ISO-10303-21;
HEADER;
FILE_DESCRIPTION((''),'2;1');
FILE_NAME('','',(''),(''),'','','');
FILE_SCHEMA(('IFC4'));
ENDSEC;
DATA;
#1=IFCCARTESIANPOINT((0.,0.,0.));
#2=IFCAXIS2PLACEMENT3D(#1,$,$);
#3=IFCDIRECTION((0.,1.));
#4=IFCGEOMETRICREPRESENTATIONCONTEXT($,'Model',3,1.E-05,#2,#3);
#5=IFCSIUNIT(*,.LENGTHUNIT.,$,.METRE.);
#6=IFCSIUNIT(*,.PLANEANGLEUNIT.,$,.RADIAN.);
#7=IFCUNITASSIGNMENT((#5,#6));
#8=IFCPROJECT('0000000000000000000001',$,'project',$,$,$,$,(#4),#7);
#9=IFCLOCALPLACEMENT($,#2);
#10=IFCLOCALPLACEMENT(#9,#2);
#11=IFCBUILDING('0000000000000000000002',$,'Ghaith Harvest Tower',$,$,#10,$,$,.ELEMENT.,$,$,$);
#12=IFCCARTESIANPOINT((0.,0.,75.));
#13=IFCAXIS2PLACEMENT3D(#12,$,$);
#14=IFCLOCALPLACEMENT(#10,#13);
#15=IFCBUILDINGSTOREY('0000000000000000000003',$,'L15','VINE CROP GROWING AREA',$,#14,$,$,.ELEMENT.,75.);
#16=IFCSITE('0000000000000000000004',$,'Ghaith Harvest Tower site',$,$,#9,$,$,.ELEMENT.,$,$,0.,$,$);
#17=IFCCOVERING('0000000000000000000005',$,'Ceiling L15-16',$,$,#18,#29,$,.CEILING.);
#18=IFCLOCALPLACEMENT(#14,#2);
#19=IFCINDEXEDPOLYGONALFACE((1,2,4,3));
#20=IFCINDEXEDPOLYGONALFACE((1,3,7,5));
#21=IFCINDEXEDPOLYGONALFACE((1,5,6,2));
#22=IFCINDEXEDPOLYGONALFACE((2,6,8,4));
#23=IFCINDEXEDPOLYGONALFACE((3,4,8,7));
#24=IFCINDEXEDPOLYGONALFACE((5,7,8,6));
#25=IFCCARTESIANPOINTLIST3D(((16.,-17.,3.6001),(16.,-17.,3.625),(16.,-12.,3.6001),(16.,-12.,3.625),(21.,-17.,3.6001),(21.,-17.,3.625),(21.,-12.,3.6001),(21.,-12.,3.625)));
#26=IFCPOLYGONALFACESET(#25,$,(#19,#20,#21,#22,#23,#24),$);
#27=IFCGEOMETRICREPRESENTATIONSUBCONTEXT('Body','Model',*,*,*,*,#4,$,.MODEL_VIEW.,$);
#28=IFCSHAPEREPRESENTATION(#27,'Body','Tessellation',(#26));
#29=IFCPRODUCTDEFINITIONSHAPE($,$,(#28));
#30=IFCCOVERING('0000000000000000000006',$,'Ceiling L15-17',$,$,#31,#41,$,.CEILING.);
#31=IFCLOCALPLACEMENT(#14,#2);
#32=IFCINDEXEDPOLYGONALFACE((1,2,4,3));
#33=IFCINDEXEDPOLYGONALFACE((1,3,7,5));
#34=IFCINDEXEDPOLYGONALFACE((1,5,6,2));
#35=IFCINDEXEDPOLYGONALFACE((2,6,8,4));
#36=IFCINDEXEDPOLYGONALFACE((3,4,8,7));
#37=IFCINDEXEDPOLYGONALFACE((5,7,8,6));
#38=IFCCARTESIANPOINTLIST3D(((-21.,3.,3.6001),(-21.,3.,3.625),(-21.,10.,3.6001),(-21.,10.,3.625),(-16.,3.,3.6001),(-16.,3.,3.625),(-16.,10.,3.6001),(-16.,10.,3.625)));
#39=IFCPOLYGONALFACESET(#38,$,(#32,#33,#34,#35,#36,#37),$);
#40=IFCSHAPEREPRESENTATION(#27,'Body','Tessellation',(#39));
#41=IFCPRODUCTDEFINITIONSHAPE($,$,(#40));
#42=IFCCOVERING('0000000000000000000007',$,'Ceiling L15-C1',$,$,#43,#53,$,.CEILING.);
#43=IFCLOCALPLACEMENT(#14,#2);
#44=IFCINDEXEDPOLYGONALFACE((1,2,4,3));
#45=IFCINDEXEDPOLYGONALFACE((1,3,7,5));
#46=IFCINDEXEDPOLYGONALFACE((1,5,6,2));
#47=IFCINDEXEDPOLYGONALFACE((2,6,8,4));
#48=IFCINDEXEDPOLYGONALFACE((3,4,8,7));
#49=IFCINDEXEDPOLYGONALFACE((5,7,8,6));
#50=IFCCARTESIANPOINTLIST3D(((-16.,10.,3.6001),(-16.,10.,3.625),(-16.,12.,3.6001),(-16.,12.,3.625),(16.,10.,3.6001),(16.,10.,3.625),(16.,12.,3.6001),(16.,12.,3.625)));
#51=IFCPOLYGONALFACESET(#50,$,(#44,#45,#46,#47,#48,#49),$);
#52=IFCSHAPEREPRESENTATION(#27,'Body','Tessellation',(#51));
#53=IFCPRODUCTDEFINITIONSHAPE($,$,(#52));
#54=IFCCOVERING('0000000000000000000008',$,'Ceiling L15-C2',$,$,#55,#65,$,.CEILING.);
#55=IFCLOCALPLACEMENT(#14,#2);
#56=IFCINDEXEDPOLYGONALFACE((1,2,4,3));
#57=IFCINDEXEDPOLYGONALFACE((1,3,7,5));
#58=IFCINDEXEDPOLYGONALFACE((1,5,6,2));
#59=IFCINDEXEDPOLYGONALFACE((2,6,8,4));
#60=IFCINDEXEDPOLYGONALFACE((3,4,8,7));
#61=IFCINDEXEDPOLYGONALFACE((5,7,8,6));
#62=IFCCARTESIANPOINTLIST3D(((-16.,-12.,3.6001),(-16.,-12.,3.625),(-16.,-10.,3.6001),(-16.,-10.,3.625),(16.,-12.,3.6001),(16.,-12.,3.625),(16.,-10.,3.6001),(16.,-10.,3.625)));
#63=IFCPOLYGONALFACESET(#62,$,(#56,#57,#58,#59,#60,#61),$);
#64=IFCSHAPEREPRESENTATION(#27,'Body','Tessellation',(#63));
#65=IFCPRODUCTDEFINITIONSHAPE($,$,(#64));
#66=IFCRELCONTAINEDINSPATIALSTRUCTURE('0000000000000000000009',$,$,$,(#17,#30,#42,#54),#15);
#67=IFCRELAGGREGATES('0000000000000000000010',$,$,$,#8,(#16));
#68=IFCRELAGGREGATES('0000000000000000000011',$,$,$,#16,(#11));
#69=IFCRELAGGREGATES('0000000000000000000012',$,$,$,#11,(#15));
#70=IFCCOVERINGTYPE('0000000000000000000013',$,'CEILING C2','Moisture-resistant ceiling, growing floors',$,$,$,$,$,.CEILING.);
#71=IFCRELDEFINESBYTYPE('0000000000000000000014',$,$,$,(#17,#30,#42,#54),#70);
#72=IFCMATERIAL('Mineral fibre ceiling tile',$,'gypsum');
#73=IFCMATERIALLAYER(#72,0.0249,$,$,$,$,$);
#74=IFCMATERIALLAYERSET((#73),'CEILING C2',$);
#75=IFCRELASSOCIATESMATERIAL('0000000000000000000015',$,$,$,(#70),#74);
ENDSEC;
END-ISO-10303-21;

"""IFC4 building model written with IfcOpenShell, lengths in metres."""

from ifc_helpers import new_model, si_unit, direction, frame, origin, place, context, subcontext, project, spatial, polyline, outline, extrude, material, layer, layer_set, type_object, element, save


model = new_model("IFC4")

# Units and contexts
model_context = context("Model", 3, precision=1e-05, world=origin(), true_north=direction((0.0, 1.0)))
body_context = subcontext(model_context, "Body", "Model", "MODEL_VIEW")
ifc_project = project(units=[si_unit("LENGTHUNIT", "METRE"), si_unit("PLANEANGLEUNIT", "RADIAN")], contexts=[model_context])

# Site, building, storey
site_placement = place(None, origin())
site = spatial("IfcSite", under=ifc_project, at=site_placement, Name="Ghaith Harvest Tower site", CompositionType="ELEMENT", RefElevation=0.0)
building_placement = place(site_placement, origin())
building = spatial("IfcBuilding", under=site, at=building_placement, Name="Ghaith Harvest Tower", CompositionType="ELEMENT")
storey_placement = place(building_placement, frame((0.0, 0.0, 75.0)))
storey = spatial("IfcBuildingStorey", under=building, at=storey_placement, Name="L15", Description="VINE CROP GROWING AREA", CompositionType="ELEMENT", Elevation=75.0)

# Coverings
ifc_material_1 = material(Name="Mineral fibre ceiling tile", Category="gypsum")
ifc_layer_1 = layer(ifc_material_1, 0.0249)
ifc_layer_set_1 = layer_set([ifc_layer_1], Name="CEILING C2")
covering_type = type_object("IfcCoveringType", Name="CEILING C2", Description="Moisture-resistant ceiling, growing floors", PredefinedType="CEILING", material=ifc_layer_set_1)
covering_1_placement = place(storey_placement, frame((0.0, 0.0, 3.6001)))
element("IfcCovering", 1, at=covering_1_placement, inside=storey, type_object=covering_type, Name="Ceiling L15-16", PredefinedType="CEILING", context=body_context, shape_type="SweptSolid", body=[
    extrude(outline(polyline([(16.0, -17.0), (21.0, -17.0), (21.0, -12.0), (16.0, -12.0), (16.0, -17.0)])), origin(), (0.0, 0.0, 1.0), 0.0249),
])
covering_2_placement = place(storey_placement, frame((0.0, 0.0, 3.6001)))
element("IfcCovering", 2, at=covering_2_placement, inside=storey, type_object=covering_type, Name="Ceiling L15-17", PredefinedType="CEILING", context=body_context, shape_type="SweptSolid", body=[
    extrude(outline(polyline([(-21.0, 3.0), (-16.0, 3.0), (-16.0, 10.0), (-21.0, 10.0), (-21.0, 3.0)])), origin(), (0.0, 0.0, 1.0), 0.0249),
])
covering_3_placement = place(storey_placement, frame((0.0, 0.0, 3.6001)))
element("IfcCovering", 3, at=covering_3_placement, inside=storey, type_object=covering_type, Name="Ceiling L15-C1", PredefinedType="CEILING", context=body_context, shape_type="SweptSolid", body=[
    extrude(outline(polyline([(16.0, 10.0), (-16.0, 10.0), (-16.0, 12.0), (16.0, 12.0), (16.0, 10.0)])), origin(), (0.0, 0.0, 1.0), 0.0249),
])
covering_4_placement = place(storey_placement, frame((0.0, 0.0, 3.6001)))
element("IfcCovering", 4, at=covering_4_placement, inside=storey, type_object=covering_type, Name="Ceiling L15-C2", PredefinedType="CEILING", context=body_context, shape_type="SweptSolid", body=[
    extrude(outline(polyline([(-16.0, -10.0), (16.0, -10.0), (16.0, -12.0), (-16.0, -12.0), (-16.0, -10.0)])), origin(), (0.0, 0.0, 1.0), 0.0249),
])

save(model, "model.ifc")
